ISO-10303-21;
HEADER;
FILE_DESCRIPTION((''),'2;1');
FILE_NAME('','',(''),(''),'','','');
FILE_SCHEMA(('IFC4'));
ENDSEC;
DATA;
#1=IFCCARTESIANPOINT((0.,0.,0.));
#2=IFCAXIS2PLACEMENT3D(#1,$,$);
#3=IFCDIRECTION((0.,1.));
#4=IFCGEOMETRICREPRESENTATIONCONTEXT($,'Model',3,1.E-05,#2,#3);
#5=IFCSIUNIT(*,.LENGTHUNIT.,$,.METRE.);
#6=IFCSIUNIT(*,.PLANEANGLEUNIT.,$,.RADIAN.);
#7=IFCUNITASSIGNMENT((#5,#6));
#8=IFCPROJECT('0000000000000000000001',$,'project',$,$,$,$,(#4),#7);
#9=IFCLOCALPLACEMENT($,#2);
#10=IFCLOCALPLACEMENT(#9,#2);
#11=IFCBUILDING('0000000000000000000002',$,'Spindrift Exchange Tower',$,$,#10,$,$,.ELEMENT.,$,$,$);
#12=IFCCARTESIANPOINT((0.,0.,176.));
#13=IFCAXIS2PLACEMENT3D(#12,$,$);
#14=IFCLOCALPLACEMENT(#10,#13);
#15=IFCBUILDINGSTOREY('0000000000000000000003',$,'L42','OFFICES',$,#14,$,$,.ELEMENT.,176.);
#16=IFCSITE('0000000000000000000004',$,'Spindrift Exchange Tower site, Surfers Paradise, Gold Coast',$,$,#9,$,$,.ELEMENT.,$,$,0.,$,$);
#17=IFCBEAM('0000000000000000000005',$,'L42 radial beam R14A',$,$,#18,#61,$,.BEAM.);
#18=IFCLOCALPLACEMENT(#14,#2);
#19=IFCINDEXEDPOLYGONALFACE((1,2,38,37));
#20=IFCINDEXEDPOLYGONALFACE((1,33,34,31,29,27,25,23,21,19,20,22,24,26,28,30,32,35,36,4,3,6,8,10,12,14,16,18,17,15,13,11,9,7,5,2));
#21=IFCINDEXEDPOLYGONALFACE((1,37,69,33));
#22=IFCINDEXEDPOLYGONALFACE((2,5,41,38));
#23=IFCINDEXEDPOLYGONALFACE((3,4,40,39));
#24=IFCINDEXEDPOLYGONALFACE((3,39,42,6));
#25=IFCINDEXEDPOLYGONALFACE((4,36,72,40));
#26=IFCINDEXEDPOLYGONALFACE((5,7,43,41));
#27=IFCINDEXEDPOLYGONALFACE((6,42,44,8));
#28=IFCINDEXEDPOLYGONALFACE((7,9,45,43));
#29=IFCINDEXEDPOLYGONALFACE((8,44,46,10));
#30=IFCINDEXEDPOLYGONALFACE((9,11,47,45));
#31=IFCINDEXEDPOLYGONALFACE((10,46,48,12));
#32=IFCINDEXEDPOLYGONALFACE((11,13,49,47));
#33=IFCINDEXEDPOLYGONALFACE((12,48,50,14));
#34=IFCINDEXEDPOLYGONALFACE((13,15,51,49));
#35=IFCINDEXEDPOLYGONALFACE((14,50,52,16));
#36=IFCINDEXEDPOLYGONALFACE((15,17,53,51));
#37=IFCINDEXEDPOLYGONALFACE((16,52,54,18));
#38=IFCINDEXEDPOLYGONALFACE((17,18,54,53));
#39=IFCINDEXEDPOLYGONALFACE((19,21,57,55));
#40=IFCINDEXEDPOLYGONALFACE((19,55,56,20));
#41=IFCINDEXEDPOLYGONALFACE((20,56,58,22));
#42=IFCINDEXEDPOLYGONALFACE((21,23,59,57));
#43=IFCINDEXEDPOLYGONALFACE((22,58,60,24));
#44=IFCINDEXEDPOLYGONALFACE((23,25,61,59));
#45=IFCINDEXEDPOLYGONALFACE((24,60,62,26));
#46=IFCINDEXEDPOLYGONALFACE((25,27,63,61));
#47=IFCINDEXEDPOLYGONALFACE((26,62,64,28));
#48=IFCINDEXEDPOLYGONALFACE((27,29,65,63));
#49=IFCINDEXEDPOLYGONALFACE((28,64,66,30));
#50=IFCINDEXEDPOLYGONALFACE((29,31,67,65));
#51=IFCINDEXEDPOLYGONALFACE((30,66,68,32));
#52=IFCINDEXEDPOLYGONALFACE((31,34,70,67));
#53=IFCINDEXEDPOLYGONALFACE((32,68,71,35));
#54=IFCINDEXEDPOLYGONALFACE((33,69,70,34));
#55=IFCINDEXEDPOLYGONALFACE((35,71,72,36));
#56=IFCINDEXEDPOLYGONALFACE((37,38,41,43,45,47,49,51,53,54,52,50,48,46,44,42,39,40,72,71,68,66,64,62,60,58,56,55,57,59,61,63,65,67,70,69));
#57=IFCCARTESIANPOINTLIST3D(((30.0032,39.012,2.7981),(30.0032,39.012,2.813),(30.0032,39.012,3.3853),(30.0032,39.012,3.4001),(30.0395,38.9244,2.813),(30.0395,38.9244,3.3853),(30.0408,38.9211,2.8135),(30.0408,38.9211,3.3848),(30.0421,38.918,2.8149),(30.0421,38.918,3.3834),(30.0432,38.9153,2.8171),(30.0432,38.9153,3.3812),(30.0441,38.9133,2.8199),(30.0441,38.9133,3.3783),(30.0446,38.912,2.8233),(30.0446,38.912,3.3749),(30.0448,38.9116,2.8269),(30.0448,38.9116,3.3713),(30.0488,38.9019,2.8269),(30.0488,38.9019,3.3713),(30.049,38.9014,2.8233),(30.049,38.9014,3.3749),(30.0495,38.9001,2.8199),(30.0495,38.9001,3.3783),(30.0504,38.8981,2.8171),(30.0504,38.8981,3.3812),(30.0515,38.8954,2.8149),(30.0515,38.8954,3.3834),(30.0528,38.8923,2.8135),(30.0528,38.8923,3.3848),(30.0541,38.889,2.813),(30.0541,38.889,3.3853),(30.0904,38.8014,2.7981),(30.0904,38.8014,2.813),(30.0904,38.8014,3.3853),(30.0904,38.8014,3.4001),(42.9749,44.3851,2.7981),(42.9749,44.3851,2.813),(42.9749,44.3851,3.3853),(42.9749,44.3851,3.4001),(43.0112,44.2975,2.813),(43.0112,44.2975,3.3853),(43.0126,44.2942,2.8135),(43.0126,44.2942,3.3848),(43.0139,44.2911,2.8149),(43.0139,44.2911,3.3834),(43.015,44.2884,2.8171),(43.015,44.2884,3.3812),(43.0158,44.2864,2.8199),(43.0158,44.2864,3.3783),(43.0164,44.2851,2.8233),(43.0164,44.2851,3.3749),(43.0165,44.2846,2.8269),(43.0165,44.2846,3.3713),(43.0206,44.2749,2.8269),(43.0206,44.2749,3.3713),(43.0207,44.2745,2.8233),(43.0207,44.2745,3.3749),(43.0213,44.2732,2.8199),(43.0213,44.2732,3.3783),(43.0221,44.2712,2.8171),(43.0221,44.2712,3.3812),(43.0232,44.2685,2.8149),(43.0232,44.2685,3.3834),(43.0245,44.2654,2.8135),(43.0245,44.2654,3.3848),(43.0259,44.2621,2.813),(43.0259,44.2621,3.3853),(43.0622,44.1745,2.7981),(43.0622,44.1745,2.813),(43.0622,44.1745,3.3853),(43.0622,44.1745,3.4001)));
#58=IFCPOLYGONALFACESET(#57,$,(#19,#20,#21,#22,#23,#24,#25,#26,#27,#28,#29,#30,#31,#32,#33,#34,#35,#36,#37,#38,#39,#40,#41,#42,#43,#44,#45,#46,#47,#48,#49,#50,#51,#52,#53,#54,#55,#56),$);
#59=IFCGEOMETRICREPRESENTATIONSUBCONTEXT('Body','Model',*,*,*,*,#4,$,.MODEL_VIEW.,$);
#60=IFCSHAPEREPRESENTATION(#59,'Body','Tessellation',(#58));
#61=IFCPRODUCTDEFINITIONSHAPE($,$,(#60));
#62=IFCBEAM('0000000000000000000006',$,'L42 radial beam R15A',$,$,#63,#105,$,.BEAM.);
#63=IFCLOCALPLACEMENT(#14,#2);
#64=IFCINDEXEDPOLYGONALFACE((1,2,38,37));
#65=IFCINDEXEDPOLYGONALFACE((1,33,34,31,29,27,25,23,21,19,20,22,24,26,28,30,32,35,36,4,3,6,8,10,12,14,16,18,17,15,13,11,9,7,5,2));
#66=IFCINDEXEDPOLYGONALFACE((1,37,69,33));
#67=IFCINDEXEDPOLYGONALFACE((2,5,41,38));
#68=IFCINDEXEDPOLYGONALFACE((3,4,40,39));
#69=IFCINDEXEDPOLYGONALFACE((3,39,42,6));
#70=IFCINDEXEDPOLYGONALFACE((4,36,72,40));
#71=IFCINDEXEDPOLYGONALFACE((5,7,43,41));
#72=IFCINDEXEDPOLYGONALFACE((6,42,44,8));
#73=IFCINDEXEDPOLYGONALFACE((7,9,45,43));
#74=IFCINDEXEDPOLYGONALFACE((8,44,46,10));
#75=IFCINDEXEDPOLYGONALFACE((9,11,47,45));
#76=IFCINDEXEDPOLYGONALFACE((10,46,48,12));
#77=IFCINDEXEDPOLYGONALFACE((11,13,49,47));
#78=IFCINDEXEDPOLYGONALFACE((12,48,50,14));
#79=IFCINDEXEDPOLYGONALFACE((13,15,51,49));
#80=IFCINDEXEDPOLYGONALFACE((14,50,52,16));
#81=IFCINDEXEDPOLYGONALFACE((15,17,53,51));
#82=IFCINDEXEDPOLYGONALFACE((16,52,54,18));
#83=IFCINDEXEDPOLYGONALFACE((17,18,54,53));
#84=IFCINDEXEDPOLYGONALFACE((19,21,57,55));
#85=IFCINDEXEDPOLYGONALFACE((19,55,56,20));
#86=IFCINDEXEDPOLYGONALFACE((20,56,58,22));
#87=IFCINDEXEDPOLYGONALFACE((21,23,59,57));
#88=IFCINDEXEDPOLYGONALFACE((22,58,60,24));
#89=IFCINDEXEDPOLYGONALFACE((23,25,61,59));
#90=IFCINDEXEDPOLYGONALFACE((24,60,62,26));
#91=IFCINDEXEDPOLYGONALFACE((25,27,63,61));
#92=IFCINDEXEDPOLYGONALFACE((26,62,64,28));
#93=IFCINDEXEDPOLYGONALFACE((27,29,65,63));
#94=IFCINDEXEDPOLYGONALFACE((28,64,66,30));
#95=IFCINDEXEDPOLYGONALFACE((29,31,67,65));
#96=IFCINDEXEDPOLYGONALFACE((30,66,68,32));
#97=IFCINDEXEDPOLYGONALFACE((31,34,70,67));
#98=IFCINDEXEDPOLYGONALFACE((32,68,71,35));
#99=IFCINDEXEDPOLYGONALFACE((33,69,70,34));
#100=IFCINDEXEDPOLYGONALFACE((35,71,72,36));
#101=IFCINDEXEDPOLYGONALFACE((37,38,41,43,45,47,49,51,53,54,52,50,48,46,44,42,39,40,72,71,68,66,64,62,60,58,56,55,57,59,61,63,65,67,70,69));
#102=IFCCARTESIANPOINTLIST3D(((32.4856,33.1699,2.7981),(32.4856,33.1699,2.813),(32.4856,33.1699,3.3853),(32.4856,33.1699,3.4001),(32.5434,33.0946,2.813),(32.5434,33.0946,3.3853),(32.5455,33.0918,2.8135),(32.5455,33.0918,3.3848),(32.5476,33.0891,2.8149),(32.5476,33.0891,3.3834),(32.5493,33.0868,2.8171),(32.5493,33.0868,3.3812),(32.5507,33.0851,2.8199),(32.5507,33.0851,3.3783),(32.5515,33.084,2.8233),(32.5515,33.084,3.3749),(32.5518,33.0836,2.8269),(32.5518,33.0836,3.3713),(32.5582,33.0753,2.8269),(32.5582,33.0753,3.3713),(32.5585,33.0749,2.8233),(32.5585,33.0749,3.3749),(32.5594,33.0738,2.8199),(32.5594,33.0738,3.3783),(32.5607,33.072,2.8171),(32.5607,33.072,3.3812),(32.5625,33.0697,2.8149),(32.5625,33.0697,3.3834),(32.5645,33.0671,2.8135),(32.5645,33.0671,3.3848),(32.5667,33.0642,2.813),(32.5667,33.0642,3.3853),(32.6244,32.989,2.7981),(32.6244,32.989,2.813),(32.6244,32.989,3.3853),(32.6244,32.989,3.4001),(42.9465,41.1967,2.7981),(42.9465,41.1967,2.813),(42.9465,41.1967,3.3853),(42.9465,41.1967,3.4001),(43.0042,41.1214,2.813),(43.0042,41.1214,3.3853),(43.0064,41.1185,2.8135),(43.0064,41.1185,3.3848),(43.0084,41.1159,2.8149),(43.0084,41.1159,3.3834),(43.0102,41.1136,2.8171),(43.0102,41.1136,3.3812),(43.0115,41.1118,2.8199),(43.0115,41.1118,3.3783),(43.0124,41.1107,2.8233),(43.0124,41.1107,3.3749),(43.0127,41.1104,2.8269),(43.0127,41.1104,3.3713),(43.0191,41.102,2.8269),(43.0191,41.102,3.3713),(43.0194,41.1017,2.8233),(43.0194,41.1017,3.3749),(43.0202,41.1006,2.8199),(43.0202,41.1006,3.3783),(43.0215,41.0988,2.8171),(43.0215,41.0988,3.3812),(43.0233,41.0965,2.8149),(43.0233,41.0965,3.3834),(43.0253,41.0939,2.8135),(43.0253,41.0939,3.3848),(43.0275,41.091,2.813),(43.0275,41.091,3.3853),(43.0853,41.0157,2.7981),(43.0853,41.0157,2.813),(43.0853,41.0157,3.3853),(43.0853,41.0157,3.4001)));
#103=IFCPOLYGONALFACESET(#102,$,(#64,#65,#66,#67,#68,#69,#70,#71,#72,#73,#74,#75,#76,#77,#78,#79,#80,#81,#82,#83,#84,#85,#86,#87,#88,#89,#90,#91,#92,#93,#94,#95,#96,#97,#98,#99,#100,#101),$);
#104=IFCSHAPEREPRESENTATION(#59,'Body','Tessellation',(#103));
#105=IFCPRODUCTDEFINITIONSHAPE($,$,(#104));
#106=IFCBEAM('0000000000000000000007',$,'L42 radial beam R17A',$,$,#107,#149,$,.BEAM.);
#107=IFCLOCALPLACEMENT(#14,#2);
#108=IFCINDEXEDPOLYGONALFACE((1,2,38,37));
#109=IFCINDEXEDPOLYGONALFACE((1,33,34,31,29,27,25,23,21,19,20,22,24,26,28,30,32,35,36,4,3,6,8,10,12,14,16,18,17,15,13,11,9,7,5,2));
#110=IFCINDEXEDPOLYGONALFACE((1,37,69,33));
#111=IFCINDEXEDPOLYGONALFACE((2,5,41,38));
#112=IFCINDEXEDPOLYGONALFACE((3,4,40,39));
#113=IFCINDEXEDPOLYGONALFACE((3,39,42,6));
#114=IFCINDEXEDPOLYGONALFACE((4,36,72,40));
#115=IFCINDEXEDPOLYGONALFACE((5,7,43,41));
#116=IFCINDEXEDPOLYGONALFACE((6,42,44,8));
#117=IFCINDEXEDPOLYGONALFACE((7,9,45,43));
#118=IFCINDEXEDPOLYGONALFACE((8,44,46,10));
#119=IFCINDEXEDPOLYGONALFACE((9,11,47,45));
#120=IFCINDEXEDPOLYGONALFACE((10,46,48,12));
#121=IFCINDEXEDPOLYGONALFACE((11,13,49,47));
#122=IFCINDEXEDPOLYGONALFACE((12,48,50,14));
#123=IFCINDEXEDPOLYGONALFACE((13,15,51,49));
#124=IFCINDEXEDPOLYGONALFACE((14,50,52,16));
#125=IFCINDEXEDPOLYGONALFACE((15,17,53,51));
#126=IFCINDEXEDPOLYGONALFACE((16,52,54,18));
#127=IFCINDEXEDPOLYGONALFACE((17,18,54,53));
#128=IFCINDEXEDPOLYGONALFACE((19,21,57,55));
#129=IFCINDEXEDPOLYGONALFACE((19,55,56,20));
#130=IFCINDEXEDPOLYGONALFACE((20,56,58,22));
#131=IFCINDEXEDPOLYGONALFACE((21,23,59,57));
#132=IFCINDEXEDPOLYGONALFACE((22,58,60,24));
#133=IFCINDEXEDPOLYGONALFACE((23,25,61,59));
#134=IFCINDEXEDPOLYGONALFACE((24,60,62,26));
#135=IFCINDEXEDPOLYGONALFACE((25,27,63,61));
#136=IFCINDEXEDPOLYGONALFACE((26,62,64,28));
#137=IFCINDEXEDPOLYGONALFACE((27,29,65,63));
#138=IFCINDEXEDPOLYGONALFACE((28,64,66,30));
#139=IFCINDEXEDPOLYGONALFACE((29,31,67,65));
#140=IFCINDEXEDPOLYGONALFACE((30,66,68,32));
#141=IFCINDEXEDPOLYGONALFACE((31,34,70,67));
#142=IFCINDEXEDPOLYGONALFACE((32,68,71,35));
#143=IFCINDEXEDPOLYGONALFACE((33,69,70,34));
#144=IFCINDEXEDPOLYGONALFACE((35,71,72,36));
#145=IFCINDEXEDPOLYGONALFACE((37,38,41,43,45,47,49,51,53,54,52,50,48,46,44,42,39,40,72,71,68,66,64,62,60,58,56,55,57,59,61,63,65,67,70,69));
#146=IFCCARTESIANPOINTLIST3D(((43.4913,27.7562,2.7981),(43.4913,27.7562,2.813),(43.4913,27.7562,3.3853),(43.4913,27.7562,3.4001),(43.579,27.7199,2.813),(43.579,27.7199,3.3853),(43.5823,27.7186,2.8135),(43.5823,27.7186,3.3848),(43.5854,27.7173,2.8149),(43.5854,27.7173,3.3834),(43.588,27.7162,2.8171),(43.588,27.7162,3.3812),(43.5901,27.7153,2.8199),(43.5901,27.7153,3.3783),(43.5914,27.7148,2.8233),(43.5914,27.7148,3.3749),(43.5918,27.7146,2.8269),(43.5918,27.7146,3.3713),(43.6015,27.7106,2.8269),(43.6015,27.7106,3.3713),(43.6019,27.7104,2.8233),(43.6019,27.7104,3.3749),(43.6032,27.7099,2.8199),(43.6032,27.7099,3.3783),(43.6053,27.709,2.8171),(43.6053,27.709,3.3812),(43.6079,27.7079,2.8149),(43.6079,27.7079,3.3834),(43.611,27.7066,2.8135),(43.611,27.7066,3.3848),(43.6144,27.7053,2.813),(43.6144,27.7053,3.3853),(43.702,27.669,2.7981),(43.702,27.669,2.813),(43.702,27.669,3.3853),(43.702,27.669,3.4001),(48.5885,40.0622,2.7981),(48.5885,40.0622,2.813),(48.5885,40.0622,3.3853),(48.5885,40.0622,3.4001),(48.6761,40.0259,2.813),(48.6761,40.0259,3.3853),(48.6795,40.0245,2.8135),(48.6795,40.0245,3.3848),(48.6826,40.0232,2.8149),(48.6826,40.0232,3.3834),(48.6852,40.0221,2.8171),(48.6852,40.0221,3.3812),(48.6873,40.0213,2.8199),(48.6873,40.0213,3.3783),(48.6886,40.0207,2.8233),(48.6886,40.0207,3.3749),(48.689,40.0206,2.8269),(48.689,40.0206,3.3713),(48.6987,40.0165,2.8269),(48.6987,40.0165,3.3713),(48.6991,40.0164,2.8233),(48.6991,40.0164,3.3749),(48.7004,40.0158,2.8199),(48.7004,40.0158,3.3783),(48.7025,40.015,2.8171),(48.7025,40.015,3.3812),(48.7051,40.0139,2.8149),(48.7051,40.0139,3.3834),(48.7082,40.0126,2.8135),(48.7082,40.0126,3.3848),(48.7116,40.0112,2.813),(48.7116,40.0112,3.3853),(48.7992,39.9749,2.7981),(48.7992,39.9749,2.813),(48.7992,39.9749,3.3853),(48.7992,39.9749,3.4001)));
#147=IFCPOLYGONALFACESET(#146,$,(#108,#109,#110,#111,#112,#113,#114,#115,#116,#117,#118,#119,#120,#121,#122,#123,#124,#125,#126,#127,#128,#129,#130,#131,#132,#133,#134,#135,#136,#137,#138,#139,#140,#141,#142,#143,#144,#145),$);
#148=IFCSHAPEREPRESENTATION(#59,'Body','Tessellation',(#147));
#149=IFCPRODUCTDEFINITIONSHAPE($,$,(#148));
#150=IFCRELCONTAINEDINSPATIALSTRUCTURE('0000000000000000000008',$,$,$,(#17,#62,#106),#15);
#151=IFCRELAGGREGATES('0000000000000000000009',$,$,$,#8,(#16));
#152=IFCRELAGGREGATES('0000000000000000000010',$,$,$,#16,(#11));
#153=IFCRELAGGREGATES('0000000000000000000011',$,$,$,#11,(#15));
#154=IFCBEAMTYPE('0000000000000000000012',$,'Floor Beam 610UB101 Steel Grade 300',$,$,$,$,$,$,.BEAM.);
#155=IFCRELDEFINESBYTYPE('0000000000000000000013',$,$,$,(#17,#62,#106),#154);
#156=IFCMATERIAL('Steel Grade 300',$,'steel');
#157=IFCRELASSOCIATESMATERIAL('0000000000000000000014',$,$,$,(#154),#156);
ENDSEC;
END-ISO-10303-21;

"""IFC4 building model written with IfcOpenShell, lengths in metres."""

from ifc_helpers import new_model, si_unit, direction, frame, origin, origin_2d, place, context, subcontext, project, spatial, i_section, extrude, source, transform, mapped, material, material_profile, profile_set, type_object, element, save


model = new_model("IFC4")

# Units and contexts
model_context = context("Model", 3, precision=1e-05, world=origin(), true_north=direction((0.0, 1.0)))
body_context = subcontext(model_context, "Body", "Model", "MODEL_VIEW")
ifc_project = project(units=[si_unit("LENGTHUNIT", "METRE"), si_unit("PLANEANGLEUNIT", "RADIAN")], contexts=[model_context])

# Site, building, storey
site_placement = place(None, origin())
site = spatial("IfcSite", under=ifc_project, at=site_placement, Name="Spindrift Exchange Tower site, Surfers Paradise, Gold Coast", CompositionType="ELEMENT", RefElevation=0.0)
building_placement = place(site_placement, origin())
building = spatial("IfcBuilding", under=site, at=building_placement, Name="Spindrift Exchange Tower", CompositionType="ELEMENT")
storey_placement = place(building_placement, frame((0.0, 0.0, 176.0)))
storey = spatial("IfcBuildingStorey", under=building, at=storey_placement, Name="L42", Description="OFFICES", CompositionType="ELEMENT", Elevation=176.0)

# Beams
ifc_material_1 = material(Name="Steel Grade 300", Category="steel")
ifc_material_profile = material_profile(ifc_material_1, i_section(OverallWidth=0.228, OverallDepth=0.6021, WebThickness=0.0105, FlangeThickness=0.0149, FilletRadius=0.0139, at=origin_2d()), Name="610UB101")
ifc_profile_set = profile_set([ifc_material_profile], Name="Steel Grade 300")
beam_type = type_object("IfcBeamType", Name="Floor Beam 610UB101 Steel Grade 300", PredefinedType="BEAM", material=ifc_profile_set)
shared_shape_1 = source(origin(), body_context, "Body", "SweptSolid", [
    extrude(i_section(OverallWidth=0.228, OverallDepth=0.6021, WebThickness=0.0105, FlangeThickness=0.0149, FilletRadius=0.0139, at=origin_2d()), origin(), (0.0, 0.0, 1.0), 14.0405),
])
beam_1_placement = place(storey_placement, frame((43.0186, 44.2798, 3.0991), z_axis=(-0.92388, -0.382684, 0.0), x_axis=(0.382684, -0.92388, 0.0)))
element("IfcBeam", 1, at=beam_1_placement, inside=storey, type_object=beam_type, Name="L42 radial beam R14A", PredefinedType="BEAM", context=body_context, shape_type="MappedRepresentation", body=[
    mapped(shared_shape_1, transform((0.0, 0.0, 0.0), scale=1.0)),
])
shared_shape_2 = source(origin(), body_context, "Body", "SweptSolid", [
    extrude(i_section(OverallWidth=0.228, OverallDepth=0.6021, WebThickness=0.0105, FlangeThickness=0.0149, FilletRadius=0.0139, at=origin_2d()), origin(), (0.0, 0.0, 1.0), 13.1855),
])
beam_2_placement = place(storey_placement, frame((43.0159, 41.1062, 3.0991), z_axis=(-0.793357, -0.608756, 0.0), x_axis=(0.608756, -0.793357, 0.0)))
element("IfcBeam", 2, at=beam_2_placement, inside=storey, type_object=beam_type, Name="L42 radial beam R15A", PredefinedType="BEAM", context=body_context, shape_type="MappedRepresentation", body=[
    mapped(shared_shape_2, transform((0.0, 0.0, 0.0), scale=1.0)),
])
shared_shape_3 = source(origin(), body_context, "Body", "SweptSolid", [
    extrude(i_section(OverallWidth=0.228, OverallDepth=0.6021, WebThickness=0.0105, FlangeThickness=0.0149, FilletRadius=0.0139, at=origin_2d()), origin(), (0.0, 0.0, 1.0), 13.3198),
])
beam_3_placement = place(storey_placement, frame((48.6938, 40.0186, 3.0991), z_axis=(-0.382677, -0.923882, 0.0), x_axis=(0.923882, -0.382677, 0.0)))
element("IfcBeam", 3, at=beam_3_placement, inside=storey, type_object=beam_type, Name="L42 radial beam R17A", PredefinedType="BEAM", context=body_context, shape_type="MappedRepresentation", body=[
    mapped(shared_shape_3, transform((0.0, 0.0, 0.0), scale=1.0)),
])

save(model, "model.ifc")
